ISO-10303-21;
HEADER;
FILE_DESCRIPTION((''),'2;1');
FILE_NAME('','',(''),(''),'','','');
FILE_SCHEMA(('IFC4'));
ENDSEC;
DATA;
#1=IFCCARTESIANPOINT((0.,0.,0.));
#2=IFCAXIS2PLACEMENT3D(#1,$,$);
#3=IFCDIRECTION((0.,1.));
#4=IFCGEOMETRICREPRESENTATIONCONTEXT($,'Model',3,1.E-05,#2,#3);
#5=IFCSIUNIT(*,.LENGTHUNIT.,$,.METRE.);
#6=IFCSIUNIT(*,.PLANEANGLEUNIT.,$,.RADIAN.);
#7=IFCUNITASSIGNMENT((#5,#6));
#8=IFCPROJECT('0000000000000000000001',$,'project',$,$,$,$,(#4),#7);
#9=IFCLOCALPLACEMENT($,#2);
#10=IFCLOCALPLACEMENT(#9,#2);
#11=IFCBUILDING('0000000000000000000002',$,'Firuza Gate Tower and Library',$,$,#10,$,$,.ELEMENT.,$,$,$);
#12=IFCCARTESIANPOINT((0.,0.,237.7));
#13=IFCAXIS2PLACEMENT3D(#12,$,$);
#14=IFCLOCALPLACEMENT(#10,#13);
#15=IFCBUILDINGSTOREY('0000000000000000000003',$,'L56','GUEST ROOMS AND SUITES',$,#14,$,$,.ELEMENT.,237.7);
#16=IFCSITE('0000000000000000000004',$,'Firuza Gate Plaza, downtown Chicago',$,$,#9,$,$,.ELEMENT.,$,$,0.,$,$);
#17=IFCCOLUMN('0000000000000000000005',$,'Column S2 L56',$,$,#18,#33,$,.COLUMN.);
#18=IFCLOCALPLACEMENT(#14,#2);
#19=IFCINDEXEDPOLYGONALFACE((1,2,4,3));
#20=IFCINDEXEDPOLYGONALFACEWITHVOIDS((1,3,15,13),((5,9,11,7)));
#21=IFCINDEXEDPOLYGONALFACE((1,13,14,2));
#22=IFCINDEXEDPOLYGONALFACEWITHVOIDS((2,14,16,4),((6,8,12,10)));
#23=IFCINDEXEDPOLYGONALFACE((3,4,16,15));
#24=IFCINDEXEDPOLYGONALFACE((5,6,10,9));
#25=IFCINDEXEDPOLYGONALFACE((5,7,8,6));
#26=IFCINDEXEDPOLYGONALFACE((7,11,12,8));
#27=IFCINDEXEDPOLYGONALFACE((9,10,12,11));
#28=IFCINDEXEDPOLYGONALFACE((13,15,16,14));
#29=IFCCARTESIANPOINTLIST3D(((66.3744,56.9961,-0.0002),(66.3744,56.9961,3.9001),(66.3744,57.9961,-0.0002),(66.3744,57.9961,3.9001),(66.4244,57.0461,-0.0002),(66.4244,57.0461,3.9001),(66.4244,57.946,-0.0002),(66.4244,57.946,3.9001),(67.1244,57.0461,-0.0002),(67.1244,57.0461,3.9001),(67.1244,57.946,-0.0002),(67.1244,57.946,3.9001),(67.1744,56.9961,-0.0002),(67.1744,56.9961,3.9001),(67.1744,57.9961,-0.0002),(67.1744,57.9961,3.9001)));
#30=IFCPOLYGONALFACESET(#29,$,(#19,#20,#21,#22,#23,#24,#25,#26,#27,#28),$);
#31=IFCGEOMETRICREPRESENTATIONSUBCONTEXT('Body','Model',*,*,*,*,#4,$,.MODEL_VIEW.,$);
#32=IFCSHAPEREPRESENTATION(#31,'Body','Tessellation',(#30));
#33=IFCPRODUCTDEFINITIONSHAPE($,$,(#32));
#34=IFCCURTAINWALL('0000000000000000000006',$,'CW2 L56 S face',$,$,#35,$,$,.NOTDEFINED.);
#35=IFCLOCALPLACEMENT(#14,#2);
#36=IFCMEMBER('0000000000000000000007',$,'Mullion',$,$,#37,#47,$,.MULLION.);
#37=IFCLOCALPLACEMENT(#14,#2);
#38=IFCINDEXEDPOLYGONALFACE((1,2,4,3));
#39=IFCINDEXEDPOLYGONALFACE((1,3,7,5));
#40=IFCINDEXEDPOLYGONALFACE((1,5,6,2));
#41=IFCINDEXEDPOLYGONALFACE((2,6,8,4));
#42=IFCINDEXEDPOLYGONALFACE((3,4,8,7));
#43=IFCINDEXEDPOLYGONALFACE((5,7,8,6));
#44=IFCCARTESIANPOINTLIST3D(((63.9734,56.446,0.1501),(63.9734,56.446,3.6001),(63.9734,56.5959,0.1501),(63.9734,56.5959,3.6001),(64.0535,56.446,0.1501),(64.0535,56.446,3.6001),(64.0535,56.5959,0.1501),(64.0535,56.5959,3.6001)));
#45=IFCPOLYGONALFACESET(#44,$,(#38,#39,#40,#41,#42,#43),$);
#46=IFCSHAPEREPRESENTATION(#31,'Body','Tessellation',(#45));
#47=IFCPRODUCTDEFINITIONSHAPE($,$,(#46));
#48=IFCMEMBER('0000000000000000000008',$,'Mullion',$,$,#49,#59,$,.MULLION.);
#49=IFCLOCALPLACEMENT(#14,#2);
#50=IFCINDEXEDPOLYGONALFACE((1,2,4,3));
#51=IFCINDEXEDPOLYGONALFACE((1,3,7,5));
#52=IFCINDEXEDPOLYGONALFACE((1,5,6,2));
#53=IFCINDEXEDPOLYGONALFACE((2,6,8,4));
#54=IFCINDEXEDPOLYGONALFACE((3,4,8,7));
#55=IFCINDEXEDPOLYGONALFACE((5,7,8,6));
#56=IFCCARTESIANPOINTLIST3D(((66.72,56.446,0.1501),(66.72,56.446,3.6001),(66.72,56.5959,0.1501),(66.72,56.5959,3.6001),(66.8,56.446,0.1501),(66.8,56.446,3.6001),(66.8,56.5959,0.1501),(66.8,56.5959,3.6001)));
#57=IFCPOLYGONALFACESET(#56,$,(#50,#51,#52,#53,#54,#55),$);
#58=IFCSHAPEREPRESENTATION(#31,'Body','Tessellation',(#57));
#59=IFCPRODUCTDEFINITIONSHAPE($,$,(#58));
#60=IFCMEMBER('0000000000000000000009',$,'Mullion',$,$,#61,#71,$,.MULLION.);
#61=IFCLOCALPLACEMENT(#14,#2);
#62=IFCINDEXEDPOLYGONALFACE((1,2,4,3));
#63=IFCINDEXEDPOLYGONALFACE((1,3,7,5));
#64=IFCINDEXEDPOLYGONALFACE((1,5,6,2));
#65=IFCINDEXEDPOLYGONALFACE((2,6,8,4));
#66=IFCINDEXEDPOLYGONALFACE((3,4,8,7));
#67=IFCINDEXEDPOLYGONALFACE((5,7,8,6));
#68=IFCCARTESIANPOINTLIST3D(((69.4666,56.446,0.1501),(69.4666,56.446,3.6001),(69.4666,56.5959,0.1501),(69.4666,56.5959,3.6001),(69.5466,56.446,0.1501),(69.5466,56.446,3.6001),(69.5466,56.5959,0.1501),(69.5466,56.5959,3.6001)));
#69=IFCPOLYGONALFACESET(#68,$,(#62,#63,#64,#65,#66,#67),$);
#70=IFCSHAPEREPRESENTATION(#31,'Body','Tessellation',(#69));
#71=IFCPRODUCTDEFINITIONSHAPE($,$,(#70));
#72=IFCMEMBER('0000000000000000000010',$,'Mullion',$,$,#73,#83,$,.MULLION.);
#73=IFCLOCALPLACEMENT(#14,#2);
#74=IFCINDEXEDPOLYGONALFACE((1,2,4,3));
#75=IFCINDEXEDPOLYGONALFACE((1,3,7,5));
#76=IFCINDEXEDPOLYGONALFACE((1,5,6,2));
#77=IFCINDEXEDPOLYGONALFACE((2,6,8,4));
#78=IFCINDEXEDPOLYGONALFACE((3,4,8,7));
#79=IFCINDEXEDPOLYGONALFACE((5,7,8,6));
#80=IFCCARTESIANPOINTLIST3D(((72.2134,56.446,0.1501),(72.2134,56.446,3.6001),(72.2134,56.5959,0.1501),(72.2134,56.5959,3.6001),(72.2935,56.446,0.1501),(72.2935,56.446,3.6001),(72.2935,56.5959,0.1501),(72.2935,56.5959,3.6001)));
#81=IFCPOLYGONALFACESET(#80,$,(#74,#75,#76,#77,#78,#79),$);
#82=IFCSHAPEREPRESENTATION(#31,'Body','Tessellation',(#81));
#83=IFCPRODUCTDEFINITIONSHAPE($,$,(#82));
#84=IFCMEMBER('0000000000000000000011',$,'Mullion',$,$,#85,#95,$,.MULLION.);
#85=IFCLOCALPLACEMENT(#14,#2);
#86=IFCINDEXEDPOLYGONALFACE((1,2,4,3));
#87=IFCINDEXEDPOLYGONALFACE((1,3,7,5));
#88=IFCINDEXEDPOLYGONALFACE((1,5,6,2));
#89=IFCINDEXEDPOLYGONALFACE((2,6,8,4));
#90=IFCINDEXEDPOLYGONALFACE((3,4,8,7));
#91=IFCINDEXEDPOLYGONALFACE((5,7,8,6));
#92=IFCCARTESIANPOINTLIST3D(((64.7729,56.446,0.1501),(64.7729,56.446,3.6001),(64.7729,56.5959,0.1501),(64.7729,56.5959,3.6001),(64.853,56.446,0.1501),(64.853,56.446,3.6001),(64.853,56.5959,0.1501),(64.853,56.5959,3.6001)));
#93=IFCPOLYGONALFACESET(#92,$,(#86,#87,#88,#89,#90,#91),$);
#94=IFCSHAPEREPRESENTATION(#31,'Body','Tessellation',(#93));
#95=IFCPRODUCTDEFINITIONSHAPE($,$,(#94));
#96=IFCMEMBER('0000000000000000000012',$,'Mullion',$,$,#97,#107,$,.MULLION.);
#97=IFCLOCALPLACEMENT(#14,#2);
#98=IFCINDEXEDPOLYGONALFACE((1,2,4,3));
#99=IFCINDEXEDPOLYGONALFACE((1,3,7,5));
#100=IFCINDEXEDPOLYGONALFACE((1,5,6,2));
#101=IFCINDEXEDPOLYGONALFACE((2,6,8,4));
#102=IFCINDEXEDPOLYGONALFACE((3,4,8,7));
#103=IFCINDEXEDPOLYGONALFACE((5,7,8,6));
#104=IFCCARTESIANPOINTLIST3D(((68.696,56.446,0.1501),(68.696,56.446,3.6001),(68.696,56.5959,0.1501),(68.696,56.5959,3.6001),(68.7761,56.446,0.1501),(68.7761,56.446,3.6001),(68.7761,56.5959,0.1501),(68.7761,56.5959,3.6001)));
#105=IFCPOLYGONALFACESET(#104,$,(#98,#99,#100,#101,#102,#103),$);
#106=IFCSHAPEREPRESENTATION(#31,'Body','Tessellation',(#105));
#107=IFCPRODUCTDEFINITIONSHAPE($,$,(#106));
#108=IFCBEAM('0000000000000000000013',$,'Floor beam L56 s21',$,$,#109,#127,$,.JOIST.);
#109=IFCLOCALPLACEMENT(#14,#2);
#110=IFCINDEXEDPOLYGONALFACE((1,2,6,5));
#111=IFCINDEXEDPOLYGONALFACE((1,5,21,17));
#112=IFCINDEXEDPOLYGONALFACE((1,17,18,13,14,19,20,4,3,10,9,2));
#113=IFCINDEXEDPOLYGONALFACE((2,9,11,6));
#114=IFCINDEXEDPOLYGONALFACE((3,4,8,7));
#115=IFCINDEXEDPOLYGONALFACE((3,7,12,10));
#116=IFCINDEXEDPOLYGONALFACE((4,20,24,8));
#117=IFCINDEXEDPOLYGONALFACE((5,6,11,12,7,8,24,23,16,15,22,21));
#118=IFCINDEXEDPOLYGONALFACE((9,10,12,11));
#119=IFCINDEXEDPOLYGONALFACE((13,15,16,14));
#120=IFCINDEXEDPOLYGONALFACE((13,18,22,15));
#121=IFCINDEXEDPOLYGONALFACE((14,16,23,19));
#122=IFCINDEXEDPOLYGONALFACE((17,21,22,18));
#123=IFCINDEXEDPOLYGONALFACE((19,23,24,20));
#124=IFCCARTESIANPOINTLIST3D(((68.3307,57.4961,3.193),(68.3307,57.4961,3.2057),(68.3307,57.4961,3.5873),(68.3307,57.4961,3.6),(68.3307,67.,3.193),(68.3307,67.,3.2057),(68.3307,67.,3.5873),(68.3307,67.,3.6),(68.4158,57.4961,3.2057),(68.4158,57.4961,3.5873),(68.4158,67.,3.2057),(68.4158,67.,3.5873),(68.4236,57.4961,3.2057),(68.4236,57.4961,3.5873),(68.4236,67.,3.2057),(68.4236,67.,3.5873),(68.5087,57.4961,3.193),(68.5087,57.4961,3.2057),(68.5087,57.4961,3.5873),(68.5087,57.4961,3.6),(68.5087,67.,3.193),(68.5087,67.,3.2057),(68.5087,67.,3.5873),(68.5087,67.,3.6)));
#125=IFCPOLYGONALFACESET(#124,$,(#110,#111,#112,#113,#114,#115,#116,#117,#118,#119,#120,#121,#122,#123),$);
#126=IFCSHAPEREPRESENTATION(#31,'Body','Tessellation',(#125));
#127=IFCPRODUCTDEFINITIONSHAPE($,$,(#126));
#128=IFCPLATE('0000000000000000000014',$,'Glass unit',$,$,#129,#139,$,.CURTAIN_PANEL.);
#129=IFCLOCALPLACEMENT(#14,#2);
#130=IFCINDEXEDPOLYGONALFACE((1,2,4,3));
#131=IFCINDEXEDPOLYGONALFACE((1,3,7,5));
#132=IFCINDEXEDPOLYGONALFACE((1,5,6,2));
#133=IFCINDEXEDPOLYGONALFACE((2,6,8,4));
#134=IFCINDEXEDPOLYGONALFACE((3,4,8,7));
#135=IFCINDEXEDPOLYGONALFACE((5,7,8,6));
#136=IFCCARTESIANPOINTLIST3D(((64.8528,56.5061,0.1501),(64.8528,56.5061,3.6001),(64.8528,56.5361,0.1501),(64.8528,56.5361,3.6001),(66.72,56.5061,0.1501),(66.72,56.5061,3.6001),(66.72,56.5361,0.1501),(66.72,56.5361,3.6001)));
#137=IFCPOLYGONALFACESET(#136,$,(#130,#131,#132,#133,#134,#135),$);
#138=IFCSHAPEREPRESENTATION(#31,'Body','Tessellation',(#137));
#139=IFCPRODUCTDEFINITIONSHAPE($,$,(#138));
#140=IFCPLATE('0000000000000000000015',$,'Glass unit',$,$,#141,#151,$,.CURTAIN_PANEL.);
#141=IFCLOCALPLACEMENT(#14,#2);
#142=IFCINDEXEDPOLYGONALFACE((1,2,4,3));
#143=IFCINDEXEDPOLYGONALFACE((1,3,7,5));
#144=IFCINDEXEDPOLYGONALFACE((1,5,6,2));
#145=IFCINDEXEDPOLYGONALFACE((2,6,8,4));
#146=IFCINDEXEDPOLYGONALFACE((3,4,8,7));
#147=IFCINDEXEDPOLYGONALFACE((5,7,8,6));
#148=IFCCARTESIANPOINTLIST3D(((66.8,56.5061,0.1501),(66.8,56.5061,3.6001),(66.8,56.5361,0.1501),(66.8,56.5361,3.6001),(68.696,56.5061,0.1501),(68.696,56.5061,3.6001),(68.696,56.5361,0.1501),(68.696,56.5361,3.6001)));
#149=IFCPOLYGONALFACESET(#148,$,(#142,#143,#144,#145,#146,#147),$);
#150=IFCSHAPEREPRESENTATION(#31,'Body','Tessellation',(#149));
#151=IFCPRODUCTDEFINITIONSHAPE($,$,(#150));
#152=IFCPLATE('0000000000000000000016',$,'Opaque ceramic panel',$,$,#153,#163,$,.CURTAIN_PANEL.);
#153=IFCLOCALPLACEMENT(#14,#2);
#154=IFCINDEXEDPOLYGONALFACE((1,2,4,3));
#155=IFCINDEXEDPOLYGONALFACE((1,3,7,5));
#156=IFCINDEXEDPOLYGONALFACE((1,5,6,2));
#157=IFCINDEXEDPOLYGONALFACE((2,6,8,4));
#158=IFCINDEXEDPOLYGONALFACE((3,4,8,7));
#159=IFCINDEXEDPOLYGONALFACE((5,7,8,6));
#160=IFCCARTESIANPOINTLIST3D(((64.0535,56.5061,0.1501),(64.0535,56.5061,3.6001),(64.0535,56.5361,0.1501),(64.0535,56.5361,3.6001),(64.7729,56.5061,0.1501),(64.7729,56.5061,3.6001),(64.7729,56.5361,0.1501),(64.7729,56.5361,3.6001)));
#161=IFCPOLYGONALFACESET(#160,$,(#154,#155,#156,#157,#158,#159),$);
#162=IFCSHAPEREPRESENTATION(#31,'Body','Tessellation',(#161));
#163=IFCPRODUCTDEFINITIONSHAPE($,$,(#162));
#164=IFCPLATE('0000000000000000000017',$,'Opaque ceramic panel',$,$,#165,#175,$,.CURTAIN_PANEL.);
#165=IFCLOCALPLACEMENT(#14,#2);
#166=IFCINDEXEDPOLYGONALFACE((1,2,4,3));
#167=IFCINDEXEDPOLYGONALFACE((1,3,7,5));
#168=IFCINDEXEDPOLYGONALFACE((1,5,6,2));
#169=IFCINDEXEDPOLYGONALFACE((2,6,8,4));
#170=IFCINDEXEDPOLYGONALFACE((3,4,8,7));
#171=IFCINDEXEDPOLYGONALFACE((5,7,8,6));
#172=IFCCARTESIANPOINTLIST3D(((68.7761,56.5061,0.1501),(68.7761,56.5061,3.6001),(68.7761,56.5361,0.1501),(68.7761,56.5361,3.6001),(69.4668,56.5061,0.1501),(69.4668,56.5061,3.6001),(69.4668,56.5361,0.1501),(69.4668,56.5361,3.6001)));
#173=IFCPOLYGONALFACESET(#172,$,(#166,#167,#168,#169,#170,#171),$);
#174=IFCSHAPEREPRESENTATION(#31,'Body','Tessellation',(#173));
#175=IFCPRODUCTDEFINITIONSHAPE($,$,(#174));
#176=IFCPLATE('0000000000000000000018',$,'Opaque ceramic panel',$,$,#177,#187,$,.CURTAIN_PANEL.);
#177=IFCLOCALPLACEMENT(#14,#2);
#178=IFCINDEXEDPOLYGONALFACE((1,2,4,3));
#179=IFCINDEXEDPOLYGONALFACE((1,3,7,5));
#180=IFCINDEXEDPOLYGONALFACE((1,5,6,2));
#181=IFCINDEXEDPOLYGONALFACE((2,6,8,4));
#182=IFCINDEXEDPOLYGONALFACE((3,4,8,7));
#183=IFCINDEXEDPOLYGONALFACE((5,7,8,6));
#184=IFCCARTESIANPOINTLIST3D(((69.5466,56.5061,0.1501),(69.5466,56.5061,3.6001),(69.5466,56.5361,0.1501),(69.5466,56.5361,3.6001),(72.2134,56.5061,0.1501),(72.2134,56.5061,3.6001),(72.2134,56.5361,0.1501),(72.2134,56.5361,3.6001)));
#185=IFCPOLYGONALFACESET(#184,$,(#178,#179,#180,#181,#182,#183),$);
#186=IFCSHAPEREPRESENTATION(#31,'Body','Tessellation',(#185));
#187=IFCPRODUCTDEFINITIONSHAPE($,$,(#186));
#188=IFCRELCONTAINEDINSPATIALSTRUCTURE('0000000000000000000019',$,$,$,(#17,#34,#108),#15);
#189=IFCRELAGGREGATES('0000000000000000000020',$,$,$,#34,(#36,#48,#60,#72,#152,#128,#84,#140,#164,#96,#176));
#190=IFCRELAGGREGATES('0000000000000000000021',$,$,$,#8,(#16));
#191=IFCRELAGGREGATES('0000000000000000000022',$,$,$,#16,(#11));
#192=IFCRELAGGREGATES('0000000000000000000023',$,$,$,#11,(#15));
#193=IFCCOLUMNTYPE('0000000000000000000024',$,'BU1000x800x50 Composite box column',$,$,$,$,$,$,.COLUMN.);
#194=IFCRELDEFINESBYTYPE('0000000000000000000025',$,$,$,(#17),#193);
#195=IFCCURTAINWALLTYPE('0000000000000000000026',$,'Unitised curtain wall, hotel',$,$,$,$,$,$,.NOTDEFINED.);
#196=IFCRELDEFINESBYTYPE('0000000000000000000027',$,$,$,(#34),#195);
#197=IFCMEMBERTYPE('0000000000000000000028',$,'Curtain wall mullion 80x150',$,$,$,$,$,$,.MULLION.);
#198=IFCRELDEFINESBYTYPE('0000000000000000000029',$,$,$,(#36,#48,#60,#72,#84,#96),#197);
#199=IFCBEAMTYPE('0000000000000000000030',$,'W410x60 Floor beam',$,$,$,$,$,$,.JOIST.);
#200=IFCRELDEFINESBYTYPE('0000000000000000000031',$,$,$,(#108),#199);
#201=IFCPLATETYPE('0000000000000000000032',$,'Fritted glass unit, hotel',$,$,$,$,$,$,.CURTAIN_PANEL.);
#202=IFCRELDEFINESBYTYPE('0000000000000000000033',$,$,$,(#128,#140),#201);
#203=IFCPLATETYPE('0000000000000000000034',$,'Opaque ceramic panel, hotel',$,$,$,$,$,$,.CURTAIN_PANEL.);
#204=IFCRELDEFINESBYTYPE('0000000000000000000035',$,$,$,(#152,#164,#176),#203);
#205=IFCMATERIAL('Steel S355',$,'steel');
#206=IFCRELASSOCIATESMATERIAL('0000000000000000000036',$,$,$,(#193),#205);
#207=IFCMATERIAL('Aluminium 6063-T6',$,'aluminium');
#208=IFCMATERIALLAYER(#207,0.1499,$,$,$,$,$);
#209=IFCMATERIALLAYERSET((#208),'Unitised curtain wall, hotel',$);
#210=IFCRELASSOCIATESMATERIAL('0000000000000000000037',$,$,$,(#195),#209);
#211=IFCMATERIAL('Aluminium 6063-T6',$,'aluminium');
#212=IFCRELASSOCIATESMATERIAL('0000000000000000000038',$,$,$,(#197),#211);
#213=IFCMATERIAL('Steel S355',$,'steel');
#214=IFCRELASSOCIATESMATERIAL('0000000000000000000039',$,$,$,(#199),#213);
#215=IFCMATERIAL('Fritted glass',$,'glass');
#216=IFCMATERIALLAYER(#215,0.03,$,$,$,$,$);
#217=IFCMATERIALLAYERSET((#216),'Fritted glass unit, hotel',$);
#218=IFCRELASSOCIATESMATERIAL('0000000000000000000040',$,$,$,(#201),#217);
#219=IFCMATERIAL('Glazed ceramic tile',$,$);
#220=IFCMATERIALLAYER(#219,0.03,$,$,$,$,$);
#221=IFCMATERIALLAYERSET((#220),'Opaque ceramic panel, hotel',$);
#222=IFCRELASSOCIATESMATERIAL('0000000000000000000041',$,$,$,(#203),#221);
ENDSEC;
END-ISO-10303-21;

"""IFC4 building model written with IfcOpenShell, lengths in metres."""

from ifc_helpers import new_model, si_unit, direction, frame, origin, origin_2d, place, context, subcontext, project, spatial, polyline, rectangle, hollow_rectangle, i_section, outline, extrude, material, layer, layer_set, material_profile, profile_set, type_object, element, aggregate, save


model = new_model("IFC4")

# Units and contexts
model_context = context("Model", 3, precision=1e-05, world=origin(), true_north=direction((0.0, 1.0)))
body_context = subcontext(model_context, "Body", "Model", "MODEL_VIEW")
ifc_project = project(units=[si_unit("LENGTHUNIT", "METRE"), si_unit("PLANEANGLEUNIT", "RADIAN")], contexts=[model_context])

# Site, building, storey
site_placement = place(None, origin())
site = spatial("IfcSite", under=ifc_project, at=site_placement, Name="Firuza Gate Plaza, downtown Chicago", CompositionType="ELEMENT", RefElevation=0.0)
building_placement = place(site_placement, origin())
building = spatial("IfcBuilding", under=site, at=building_placement, Name="Firuza Gate Tower and Library", CompositionType="ELEMENT")
storey_placement = place(building_placement, frame((0.0, 0.0, 237.7)))
storey = spatial("IfcBuildingStorey", under=building, at=storey_placement, Name="L56", Description="GUEST ROOMS AND SUITES", CompositionType="ELEMENT", Elevation=237.7)

# Column
ifc_material_1 = material(Name="Steel S355", Category="steel")
ifc_material_profile_1 = material_profile(ifc_material_1, hollow_rectangle(XDim=0.8, YDim=1.0, WallThickness=0.05, at=origin_2d()))
ifc_profile_set_1 = profile_set([ifc_material_profile_1], Name="Steel S355")
column_type = type_object("IfcColumnType", Name="BU1000x800x50 Composite box column", PredefinedType="COLUMN", material=ifc_profile_set_1)
column_placement = place(storey_placement, frame((66.7744, 57.4961, -0.0002), z_axis=(0.0, 0.0, 1.0), x_axis=(1.0, 0.0, 0.0)))
element("IfcColumn", 1, at=column_placement, inside=storey, type_object=column_type, Name="Column S2 L56", PredefinedType="COLUMN", context=body_context, shape_type="SweptSolid", body=[
    extrude(hollow_rectangle(XDim=0.8, YDim=1.0, WallThickness=0.05, at=origin_2d()), origin(), (0.0, 0.0, 1.0), 3.9004),
])

# Curtain wall, members
ifc_material_2 = material(Name="Aluminium 6063-T6", Category="aluminium")
ifc_layer_1 = layer(ifc_material_2, 0.1499)
ifc_layer_set_1 = layer_set([ifc_layer_1], Name="Unitised curtain wall, hotel")
curtain_wall_type = type_object("IfcCurtainWallType", Name="Unitised curtain wall, hotel", PredefinedType="NOTDEFINED", material=ifc_layer_set_1)
curtain_wall_placement = place(storey_placement, origin())
curtain_wall = element("IfcCurtainWall", 2, at=curtain_wall_placement, inside=storey, type_object=curtain_wall_type, Name="CW2 L56 S face", PredefinedType="NOTDEFINED")
ifc_material_3 = material(Name="Aluminium 6063-T6", Category="aluminium")
ifc_material_profile_2 = material_profile(ifc_material_3, rectangle(XDim=0.1499, YDim=0.0801, at=origin_2d()))
ifc_profile_set_2 = profile_set([ifc_material_profile_2], Name="Aluminium 6063-T6")
member_type = type_object("IfcMemberType", Name="Curtain wall mullion 80x150", PredefinedType="MULLION", material=ifc_profile_set_2)
member_1_placement = place(storey_placement, frame((64.0134, 56.521, 0.1501), z_axis=(0.0, 0.0, 1.0), x_axis=(0.0, 1.0, 0.0)))
member_1 = element("IfcMember", 3, at=member_1_placement, type_object=member_type, Name="Mullion", PredefinedType="MULLION", context=body_context, shape_type="SweptSolid", body=[
    extrude(rectangle(XDim=0.1499, YDim=0.0801, at=origin_2d()), origin(), (0.0, 0.0, 1.0), 3.45),
])
member_2_placement = place(storey_placement, frame((66.76, 56.521, 0.1501), z_axis=(0.0, 0.0, 1.0), x_axis=(0.0, 1.0, 0.0)))
member_2 = element("IfcMember", 4, at=member_2_placement, type_object=member_type, Name="Mullion", PredefinedType="MULLION", context=body_context, shape_type="SweptSolid", body=[
    extrude(rectangle(XDim=0.1499, YDim=0.0801, at=origin_2d()), origin(), (0.0, 0.0, 1.0), 3.45),
])
member_3_placement = place(storey_placement, frame((69.5066, 56.521, 0.1501), z_axis=(0.0, 0.0, 1.0), x_axis=(0.0, 1.0, 0.0)))
member_3 = element("IfcMember", 5, at=member_3_placement, type_object=member_type, Name="Mullion", PredefinedType="MULLION", context=body_context, shape_type="SweptSolid", body=[
    extrude(rectangle(XDim=0.1499, YDim=0.0801, at=origin_2d()), origin(), (0.0, 0.0, 1.0), 3.45),
])
member_4_placement = place(storey_placement, frame((72.2534, 56.521, 0.1501), z_axis=(0.0, 0.0, 1.0), x_axis=(0.0, 1.0, 0.0)))
member_4 = element("IfcMember", 6, at=member_4_placement, type_object=member_type, Name="Mullion", PredefinedType="MULLION", context=body_context, shape_type="SweptSolid", body=[
    extrude(rectangle(XDim=0.1499, YDim=0.0801, at=origin_2d()), origin(), (0.0, 0.0, 1.0), 3.45),
])
member_5_placement = place(storey_placement, frame((64.813, 56.521, 0.1501), z_axis=(0.0, 0.0, 1.0), x_axis=(0.0, 1.0, 0.0)))
member_5 = element("IfcMember", 7, at=member_5_placement, type_object=member_type, Name="Mullion", PredefinedType="MULLION", context=body_context, shape_type="SweptSolid", body=[
    extrude(rectangle(XDim=0.1499, YDim=0.0801, at=origin_2d()), origin(), (0.0, 0.0, 1.0), 3.45),
])
member_6_placement = place(storey_placement, frame((68.7361, 56.521, 0.1501), z_axis=(0.0, 0.0, 1.0), x_axis=(0.0, 1.0, 0.0)))
member_6 = element("IfcMember", 8, at=member_6_placement, type_object=member_type, Name="Mullion", PredefinedType="MULLION", context=body_context, shape_type="SweptSolid", body=[
    extrude(rectangle(XDim=0.1499, YDim=0.0801, at=origin_2d()), origin(), (0.0, 0.0, 1.0), 3.45),
])

# Beam
ifc_material_4 = material(Name="Steel S355", Category="steel")
ifc_material_profile_3 = material_profile(ifc_material_4, i_section(OverallWidth=0.178, OverallDepth=0.407, WebThickness=0.0078, FlangeThickness=0.0127, at=origin_2d()))
ifc_profile_set_3 = profile_set([ifc_material_profile_3], Name="Steel S355")
beam_type = type_object("IfcBeamType", Name="W410x60 Floor beam", PredefinedType="JOIST", material=ifc_profile_set_3)
beam_placement = place(storey_placement, frame((68.4197, 57.4961, 3.3965), z_axis=(0.0, 1.0, 0.0), x_axis=(-1.0, 0.0, 0.0)))
element("IfcBeam", 9, at=beam_placement, inside=storey, type_object=beam_type, Name="Floor beam L56 s21", PredefinedType="JOIST", context=body_context, shape_type="SweptSolid", body=[
    extrude(i_section(OverallWidth=0.178, OverallDepth=0.407, WebThickness=0.0078, FlangeThickness=0.0127, at=origin_2d()), origin(), (0.0, 0.0, 1.0), 9.5039),
])

# Plates
ifc_material_5 = material(Name="Fritted glass", Category="glass")
ifc_layer_2 = layer(ifc_material_5, 0.03)
ifc_layer_set_2 = layer_set([ifc_layer_2], Name="Fritted glass unit, hotel")
plate_type_1 = type_object("IfcPlateType", Name="Fritted glass unit, hotel", PredefinedType="CURTAIN_PANEL", material=ifc_layer_set_2)
plate_1_placement = place(storey_placement, frame((64.8528, 56.5061, 0.1501), z_axis=(0.0, -1.0, 0.0), x_axis=(1.0, 0.0, 0.0)))
plate_1 = element("IfcPlate", 10, at=plate_1_placement, type_object=plate_type_1, Name="Glass unit", PredefinedType="CURTAIN_PANEL", context=body_context, shape_type="SweptSolid", body=[
    extrude(outline(polyline([(0.0, 0.0), (1.8672, 0.0), (1.8672, 3.45), (0.0, 3.45), (0.0, 0.0)])), origin(), (0.0, 0.0, -1.0), 0.03),
])
plate_2_placement = place(storey_placement, frame((66.8, 56.5061, 0.1501), z_axis=(0.0, -1.0, 0.0), x_axis=(1.0, 0.0, 0.0)))
plate_2 = element("IfcPlate", 11, at=plate_2_placement, type_object=plate_type_1, Name="Glass unit", PredefinedType="CURTAIN_PANEL", context=body_context, shape_type="SweptSolid", body=[
    extrude(outline(polyline([(0.0, 0.0), (1.896, 0.0), (1.896, 3.45), (0.0, 3.45), (0.0, 0.0)])), origin(), (0.0, 0.0, -1.0), 0.03),
])
ifc_material_6 = material(Name="Glazed ceramic tile")
ifc_layer_3 = layer(ifc_material_6, 0.03)
ifc_layer_set_3 = layer_set([ifc_layer_3], Name="Opaque ceramic panel, hotel")
plate_type_2 = type_object("IfcPlateType", Name="Opaque ceramic panel, hotel", PredefinedType="CURTAIN_PANEL", material=ifc_layer_set_3)
plate_3_placement = place(storey_placement, frame((64.0535, 56.5061, 0.1501), z_axis=(0.0, -1.0, 0.0), x_axis=(1.0, 0.0, 0.0)))
plate_3 = element("IfcPlate", 12, at=plate_3_placement, type_object=plate_type_2, Name="Opaque ceramic panel", PredefinedType="CURTAIN_PANEL", context=body_context, shape_type="SweptSolid", body=[
    extrude(outline(polyline([(0.0, 0.0), (0.7195, 0.0), (0.7195, 3.45), (0.0, 3.45), (0.0, 0.0)])), origin(), (0.0, 0.0, -1.0), 0.03),
])
plate_4_placement = place(storey_placement, frame((68.7761, 56.5061, 0.1501), z_axis=(0.0, -1.0, 0.0), x_axis=(1.0, 0.0, 0.0)))
plate_4 = element("IfcPlate", 13, at=plate_4_placement, type_object=plate_type_2, Name="Opaque ceramic panel", PredefinedType="CURTAIN_PANEL", context=body_context, shape_type="SweptSolid", body=[
    extrude(outline(polyline([(0.0, 0.0), (0.6907, 0.0), (0.6907, 3.45), (0.0, 3.45), (0.0, 0.0)])), origin(), (0.0, 0.0, -1.0), 0.03),
])
plate_5_placement = place(storey_placement, frame((69.5466, 56.5061, 0.1501), z_axis=(0.0, -1.0, 0.0), x_axis=(1.0, 0.0, 0.0)))
plate_5 = element("IfcPlate", 14, at=plate_5_placement, type_object=plate_type_2, Name="Opaque ceramic panel", PredefinedType="CURTAIN_PANEL", context=body_context, shape_type="SweptSolid", body=[
    extrude(outline(polyline([(0.0, 0.0), (2.6667, 0.0), (2.6667, 3.45), (0.0, 3.45), (0.0, 0.0)])), origin(), (0.0, 0.0, -1.0), 0.03),
])
aggregate(curtain_wall, [member_1, member_2, member_3, member_4, plate_3, plate_1, member_5, plate_2, plate_4, member_6, plate_5])

save(model, "model.ifc")
